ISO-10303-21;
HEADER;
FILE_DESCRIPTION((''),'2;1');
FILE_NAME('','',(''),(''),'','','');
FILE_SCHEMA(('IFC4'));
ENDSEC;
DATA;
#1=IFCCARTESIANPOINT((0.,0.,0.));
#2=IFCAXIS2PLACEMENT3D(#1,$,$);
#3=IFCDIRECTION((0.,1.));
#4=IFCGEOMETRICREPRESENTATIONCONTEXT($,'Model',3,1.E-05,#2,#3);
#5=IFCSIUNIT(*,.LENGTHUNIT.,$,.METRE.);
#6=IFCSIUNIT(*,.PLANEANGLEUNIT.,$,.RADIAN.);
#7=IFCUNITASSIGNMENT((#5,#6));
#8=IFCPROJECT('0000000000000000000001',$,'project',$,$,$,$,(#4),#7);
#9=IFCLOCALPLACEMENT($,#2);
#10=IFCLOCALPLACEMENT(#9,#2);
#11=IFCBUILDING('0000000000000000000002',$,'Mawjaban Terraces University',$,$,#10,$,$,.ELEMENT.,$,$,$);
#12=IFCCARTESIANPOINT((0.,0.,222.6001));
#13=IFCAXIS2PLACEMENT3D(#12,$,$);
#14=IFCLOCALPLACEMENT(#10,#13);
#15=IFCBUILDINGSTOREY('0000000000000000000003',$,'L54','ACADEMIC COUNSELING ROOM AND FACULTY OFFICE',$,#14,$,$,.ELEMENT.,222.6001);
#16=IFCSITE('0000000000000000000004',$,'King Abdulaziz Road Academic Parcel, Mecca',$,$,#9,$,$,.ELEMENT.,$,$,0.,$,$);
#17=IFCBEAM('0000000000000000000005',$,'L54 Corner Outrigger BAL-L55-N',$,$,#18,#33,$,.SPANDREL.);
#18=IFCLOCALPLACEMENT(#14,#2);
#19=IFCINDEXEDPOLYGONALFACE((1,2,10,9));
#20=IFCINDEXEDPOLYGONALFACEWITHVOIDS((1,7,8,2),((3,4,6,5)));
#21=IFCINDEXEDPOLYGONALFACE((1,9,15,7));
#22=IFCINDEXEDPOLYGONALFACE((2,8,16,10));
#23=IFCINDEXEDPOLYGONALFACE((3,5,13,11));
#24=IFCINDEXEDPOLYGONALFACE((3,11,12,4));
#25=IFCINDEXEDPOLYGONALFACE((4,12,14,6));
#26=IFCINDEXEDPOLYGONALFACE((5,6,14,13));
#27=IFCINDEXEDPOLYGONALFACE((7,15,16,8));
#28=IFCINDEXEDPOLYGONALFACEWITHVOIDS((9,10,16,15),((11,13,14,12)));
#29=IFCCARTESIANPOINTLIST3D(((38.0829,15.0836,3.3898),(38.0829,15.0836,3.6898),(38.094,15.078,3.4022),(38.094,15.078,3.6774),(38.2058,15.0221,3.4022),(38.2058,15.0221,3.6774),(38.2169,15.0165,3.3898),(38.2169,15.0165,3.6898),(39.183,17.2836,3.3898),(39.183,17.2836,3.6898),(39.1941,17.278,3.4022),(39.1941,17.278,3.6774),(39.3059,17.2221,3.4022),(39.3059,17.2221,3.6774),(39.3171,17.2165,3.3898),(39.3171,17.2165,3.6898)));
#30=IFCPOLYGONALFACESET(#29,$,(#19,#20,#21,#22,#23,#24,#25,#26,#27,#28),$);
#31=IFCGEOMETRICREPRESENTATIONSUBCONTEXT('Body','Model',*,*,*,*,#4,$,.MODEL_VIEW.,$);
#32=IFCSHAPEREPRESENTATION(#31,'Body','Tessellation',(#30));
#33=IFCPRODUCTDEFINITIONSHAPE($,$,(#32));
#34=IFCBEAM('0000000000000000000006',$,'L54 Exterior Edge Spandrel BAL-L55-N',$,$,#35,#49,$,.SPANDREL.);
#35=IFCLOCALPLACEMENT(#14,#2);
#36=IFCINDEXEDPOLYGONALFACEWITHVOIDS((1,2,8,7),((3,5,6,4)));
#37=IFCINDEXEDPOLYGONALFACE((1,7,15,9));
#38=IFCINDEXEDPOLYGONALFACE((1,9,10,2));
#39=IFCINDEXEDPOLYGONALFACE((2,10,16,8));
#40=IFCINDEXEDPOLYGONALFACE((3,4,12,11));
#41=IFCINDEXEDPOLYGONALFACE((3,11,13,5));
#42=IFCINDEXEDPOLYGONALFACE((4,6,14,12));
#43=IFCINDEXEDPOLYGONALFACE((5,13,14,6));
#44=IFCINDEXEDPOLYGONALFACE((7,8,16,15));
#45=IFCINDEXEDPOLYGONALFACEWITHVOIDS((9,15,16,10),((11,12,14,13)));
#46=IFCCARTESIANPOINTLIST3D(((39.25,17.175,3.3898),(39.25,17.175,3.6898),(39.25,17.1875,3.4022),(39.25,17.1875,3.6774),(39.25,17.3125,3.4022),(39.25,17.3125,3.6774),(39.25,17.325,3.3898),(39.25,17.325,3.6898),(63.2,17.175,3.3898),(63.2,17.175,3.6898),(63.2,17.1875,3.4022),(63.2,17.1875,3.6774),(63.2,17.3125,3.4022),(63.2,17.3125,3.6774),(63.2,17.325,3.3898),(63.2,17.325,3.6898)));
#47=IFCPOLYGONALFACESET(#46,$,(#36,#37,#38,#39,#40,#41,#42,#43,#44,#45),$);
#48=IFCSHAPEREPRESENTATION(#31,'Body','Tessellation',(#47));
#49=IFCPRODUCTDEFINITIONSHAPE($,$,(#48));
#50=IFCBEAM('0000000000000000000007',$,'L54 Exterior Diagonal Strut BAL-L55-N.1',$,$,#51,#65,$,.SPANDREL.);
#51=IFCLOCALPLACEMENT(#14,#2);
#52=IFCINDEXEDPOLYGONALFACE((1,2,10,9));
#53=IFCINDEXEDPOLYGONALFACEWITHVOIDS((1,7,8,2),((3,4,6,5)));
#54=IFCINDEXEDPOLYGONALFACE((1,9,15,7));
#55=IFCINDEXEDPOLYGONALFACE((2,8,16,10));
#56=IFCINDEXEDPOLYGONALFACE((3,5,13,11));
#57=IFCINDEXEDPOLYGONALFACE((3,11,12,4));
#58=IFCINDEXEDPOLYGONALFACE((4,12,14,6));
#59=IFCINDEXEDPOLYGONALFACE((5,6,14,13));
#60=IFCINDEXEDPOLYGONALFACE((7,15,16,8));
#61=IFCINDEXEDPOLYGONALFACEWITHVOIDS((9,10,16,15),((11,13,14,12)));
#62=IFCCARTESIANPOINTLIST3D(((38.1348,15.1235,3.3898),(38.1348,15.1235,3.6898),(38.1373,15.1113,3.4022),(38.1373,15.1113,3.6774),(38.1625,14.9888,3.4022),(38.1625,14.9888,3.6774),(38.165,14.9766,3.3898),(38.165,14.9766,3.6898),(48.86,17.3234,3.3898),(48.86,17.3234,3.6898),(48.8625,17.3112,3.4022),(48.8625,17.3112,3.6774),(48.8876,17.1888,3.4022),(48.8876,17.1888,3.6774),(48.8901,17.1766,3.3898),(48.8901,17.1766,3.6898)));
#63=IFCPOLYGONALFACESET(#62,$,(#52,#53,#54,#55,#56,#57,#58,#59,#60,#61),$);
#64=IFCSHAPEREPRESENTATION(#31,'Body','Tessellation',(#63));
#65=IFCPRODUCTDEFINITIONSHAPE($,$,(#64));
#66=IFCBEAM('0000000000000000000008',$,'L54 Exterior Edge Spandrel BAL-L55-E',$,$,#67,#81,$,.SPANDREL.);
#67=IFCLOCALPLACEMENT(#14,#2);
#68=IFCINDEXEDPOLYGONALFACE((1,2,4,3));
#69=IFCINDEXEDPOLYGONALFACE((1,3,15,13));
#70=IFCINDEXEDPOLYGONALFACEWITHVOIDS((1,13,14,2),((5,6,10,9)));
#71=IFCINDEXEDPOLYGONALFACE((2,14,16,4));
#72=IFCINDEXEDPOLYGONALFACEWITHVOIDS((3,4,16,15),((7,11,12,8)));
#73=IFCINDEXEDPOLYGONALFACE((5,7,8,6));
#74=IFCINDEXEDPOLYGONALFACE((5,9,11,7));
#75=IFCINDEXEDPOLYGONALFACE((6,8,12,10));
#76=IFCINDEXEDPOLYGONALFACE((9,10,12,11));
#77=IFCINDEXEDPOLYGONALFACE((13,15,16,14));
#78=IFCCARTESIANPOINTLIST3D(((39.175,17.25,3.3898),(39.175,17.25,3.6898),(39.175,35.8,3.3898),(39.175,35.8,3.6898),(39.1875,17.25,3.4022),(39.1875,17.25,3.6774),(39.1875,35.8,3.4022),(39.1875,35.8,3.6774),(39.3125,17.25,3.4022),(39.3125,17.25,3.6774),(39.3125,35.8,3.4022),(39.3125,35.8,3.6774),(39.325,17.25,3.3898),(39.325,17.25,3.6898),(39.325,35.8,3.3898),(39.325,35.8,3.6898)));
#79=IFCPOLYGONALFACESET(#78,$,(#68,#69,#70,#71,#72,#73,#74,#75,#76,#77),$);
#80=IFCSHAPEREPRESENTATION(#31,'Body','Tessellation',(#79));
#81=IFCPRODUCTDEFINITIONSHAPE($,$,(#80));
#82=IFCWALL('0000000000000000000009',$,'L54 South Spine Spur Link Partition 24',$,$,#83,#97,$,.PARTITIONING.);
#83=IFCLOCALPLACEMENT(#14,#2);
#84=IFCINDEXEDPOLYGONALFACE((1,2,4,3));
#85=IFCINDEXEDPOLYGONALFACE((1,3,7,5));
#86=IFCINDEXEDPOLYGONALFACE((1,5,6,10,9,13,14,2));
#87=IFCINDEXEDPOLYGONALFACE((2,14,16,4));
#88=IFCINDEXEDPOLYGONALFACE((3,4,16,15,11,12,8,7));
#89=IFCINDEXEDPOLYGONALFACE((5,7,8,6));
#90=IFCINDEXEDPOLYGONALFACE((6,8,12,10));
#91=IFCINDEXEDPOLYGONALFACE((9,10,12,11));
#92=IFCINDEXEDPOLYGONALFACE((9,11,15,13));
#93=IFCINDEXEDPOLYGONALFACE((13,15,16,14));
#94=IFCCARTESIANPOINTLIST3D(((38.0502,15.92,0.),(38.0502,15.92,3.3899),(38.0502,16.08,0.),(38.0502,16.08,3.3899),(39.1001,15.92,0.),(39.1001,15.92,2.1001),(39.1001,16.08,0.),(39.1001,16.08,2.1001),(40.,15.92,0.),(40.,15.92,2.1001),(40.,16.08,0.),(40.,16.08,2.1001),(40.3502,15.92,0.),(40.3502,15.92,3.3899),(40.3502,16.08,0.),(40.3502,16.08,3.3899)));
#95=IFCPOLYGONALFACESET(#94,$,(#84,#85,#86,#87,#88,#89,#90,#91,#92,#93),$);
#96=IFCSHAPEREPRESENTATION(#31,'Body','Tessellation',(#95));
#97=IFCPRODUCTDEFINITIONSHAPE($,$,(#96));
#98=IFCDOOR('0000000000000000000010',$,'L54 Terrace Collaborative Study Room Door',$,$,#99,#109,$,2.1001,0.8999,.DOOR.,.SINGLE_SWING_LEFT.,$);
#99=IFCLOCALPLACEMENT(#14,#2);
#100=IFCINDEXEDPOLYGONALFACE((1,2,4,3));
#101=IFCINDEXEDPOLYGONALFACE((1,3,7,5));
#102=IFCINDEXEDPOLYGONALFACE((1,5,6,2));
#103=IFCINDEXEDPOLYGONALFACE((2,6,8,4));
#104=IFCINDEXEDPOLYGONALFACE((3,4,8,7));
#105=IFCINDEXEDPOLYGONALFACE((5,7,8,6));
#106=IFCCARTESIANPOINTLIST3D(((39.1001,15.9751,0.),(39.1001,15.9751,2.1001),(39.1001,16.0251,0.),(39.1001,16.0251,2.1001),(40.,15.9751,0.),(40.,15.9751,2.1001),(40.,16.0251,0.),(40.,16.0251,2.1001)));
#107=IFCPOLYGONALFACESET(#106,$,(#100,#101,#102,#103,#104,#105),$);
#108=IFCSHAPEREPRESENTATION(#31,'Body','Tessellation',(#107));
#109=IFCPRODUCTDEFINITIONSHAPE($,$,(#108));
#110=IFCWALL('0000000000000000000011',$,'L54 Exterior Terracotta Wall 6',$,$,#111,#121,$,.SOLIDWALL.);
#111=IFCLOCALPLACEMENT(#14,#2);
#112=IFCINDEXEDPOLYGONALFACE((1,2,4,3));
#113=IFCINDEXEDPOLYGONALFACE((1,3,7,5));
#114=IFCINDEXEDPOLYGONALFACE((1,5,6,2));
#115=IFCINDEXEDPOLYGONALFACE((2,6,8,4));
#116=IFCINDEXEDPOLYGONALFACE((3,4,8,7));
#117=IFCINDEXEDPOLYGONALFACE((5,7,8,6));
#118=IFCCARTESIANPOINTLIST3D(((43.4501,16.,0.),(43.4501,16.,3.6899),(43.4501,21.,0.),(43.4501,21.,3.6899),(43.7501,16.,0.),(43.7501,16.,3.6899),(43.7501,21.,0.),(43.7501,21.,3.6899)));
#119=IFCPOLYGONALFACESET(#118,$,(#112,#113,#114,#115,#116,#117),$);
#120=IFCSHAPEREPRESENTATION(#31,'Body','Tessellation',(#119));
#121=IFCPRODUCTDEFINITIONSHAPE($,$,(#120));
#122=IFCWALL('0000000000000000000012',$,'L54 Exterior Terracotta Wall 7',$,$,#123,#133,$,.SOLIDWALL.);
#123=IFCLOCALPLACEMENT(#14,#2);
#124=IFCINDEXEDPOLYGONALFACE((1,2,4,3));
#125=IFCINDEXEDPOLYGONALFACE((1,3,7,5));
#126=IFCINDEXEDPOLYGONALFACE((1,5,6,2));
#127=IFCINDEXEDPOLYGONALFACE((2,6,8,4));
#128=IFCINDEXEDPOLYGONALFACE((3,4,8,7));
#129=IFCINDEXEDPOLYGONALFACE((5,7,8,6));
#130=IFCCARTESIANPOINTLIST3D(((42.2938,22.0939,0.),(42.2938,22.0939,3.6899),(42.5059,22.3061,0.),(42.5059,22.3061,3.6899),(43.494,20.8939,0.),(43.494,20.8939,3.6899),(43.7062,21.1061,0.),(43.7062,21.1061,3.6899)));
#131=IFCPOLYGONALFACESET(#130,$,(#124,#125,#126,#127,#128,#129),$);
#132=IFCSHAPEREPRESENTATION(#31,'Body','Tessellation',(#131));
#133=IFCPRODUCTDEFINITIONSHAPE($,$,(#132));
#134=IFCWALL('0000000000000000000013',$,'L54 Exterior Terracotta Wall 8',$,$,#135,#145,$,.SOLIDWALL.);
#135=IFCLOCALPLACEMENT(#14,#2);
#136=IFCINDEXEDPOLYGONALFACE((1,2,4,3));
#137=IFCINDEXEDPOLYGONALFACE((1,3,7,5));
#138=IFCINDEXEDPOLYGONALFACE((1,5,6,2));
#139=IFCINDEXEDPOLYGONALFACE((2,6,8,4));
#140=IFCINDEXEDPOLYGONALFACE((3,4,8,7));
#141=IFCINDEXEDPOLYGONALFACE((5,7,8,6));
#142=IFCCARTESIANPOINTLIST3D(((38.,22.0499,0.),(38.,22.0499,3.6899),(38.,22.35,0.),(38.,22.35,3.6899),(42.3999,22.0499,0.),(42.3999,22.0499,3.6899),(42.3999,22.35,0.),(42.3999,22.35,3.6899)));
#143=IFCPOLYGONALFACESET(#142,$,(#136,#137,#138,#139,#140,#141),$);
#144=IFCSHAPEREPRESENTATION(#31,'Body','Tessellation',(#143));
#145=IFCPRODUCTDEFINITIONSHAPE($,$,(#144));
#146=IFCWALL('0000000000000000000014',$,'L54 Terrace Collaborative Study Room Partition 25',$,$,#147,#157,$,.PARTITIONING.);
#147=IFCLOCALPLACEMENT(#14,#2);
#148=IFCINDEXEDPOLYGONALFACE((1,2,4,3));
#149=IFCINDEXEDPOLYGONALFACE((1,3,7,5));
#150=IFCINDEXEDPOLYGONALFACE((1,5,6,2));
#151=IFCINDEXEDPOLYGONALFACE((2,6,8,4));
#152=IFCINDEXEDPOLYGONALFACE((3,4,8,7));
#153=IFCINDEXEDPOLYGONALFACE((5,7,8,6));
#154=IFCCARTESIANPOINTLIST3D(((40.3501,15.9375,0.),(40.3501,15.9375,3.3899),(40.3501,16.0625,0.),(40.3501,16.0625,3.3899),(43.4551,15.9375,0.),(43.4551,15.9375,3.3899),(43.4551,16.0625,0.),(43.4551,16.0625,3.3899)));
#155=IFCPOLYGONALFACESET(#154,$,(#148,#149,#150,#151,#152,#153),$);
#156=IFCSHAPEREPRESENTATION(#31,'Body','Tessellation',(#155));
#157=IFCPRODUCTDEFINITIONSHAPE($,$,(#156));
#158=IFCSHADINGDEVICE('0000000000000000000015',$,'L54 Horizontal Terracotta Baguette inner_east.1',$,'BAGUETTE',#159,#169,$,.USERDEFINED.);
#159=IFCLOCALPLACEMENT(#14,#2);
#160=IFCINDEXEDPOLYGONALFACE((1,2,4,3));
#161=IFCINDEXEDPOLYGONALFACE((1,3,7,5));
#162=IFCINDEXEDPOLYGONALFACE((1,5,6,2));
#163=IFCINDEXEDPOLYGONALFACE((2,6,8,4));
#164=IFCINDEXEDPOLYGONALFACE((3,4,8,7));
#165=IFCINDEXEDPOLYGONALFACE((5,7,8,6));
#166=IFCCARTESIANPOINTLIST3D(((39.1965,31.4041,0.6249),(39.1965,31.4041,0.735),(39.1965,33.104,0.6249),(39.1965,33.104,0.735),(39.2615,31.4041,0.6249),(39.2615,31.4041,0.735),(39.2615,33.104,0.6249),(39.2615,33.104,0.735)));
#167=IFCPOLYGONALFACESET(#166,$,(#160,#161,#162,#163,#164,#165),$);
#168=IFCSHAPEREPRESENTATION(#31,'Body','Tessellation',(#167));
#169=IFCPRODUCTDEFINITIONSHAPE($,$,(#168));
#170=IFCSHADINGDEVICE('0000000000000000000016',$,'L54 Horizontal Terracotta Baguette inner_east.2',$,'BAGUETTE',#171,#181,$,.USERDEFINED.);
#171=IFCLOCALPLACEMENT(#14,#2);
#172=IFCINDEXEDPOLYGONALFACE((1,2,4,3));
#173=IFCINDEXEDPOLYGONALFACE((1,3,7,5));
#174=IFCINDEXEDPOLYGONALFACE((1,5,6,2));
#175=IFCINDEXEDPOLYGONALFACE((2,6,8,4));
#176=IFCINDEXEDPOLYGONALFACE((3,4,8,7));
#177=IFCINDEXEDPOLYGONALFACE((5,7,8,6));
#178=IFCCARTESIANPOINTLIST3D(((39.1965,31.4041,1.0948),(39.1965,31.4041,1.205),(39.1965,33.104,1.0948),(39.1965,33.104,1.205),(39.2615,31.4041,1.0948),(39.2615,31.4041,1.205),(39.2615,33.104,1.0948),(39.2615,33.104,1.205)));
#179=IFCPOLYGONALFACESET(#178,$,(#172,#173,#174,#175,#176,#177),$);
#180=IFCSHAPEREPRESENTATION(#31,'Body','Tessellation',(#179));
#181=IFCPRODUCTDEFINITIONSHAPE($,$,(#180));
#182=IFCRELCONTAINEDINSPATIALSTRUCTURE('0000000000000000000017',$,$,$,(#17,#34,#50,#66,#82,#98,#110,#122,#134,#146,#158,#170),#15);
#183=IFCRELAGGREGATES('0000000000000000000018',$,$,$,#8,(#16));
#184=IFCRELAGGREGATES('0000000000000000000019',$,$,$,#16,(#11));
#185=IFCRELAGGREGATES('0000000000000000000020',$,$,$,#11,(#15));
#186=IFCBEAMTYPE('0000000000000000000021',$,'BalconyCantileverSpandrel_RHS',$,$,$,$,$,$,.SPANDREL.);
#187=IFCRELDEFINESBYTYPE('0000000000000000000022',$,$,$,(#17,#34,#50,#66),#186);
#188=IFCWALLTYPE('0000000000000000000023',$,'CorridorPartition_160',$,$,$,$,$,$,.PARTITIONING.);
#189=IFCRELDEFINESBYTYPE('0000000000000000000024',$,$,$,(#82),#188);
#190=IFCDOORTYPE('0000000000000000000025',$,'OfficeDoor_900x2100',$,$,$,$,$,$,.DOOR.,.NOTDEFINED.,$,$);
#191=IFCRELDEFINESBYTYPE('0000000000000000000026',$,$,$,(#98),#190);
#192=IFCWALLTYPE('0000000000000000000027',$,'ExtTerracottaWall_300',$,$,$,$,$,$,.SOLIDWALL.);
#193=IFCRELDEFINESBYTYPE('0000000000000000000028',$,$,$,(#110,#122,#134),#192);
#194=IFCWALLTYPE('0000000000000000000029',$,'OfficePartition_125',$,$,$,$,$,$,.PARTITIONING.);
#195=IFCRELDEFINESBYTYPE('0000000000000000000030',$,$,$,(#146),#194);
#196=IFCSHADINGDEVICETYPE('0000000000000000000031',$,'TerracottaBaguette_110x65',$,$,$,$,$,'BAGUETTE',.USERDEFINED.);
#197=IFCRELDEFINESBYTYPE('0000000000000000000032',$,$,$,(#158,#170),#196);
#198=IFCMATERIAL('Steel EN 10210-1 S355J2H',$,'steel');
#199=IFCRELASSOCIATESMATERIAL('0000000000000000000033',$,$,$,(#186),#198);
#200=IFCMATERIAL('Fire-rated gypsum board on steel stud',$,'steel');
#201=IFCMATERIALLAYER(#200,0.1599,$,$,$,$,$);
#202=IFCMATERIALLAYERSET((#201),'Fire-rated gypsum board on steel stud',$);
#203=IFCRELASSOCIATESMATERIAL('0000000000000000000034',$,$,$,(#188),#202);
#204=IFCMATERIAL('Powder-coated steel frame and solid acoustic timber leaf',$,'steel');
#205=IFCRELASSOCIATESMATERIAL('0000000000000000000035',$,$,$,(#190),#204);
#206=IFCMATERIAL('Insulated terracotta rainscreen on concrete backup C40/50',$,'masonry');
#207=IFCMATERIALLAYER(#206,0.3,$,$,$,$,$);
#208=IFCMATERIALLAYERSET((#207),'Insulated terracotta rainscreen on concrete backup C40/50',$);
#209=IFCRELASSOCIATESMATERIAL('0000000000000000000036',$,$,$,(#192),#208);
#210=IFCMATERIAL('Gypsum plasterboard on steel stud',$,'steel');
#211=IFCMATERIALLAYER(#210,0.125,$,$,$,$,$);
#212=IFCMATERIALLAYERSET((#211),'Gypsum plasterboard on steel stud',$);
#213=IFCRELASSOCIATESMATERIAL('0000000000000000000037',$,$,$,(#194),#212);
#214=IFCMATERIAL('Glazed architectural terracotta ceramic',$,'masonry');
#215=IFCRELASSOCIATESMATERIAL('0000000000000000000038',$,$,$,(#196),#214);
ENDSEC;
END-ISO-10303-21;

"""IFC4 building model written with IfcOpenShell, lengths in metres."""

from ifc_helpers import new_model, si_unit, direction, frame, frame_2d, origin, origin_2d, place, context, subcontext, project, spatial, rectangle, hollow_rectangle, extrude, material, layer, layer_set, material_profile, profile_set, type_object, element, fill, save


model = new_model("IFC4")

# Units and contexts
model_context = context("Model", 3, precision=1e-05, world=origin(), true_north=direction((0.0, 1.0)))
body_context = subcontext(model_context, "Body", "Model", "MODEL_VIEW")
ifc_project = project(units=[si_unit("LENGTHUNIT", "METRE"), si_unit("PLANEANGLEUNIT", "RADIAN")], contexts=[model_context])

# Site, building, storey
site_placement = place(None, origin())
site = spatial("IfcSite", under=ifc_project, at=site_placement, Name="King Abdulaziz Road Academic Parcel, Mecca", CompositionType="ELEMENT", RefElevation=0.0)
building_placement = place(site_placement, origin())
building = spatial("IfcBuilding", under=site, at=building_placement, Name="Mawjaban Terraces University", CompositionType="ELEMENT")
storey_placement = place(building_placement, frame((0.0, 0.0, 222.6001)))
storey = spatial("IfcBuildingStorey", under=building, at=storey_placement, Name="L54", Description="ACADEMIC COUNSELING ROOM AND FACULTY OFFICE", CompositionType="ELEMENT", Elevation=222.6001)

# Beams
ifc_material_1 = material(Name="Steel EN 10210-1 S355J2H", Category="steel")
ifc_material_profile_1 = material_profile(ifc_material_1, hollow_rectangle(XDim=0.1499, YDim=0.3, WallThickness=0.0125, at=origin_2d()), Name="RHS300X150X12.5")
ifc_profile_set_1 = profile_set([ifc_material_profile_1], Name="Steel EN 10210-1 S355J2H")
beam_type = type_object("IfcBeamType", Name="BalconyCantileverSpandrel_RHS", PredefinedType="SPANDREL", material=ifc_profile_set_1)
beam_1_placement = place(storey_placement, frame((38.1499, 15.05, 3.5398), z_axis=(0.447253, 0.894407, 0.0), x_axis=(-0.894407, 0.447253, 0.0)))
element("IfcBeam", 1, at=beam_1_placement, inside=storey, type_object=beam_type, Name="L54 Corner Outrigger BAL-L55-N", PredefinedType="SPANDREL", context=body_context, shape_type="SweptSolid", body=[
    extrude(hollow_rectangle(XDim=0.1499, YDim=0.3, WallThickness=0.0125, at=origin_2d()), origin(), (0.0, 0.0, 1.0), 2.4597),
])
beam_2_placement = place(storey_placement, frame((39.25, 17.25, 3.5398), z_axis=(1.0, 0.0, 0.0), x_axis=(0.0, 1.0, 0.0)))
element("IfcBeam", 2, at=beam_2_placement, inside=storey, type_object=beam_type, Name="L54 Exterior Edge Spandrel BAL-L55-N", PredefinedType="SPANDREL", context=body_context, shape_type="SweptSolid", body=[
    extrude(hollow_rectangle(XDim=0.1499, YDim=0.3, WallThickness=0.0125, at=origin_2d()), origin(), (0.0, 0.0, 1.0), 23.95),
])
beam_3_placement = place(storey_placement, frame((38.1499, 15.05, 3.5398), z_axis=(0.979604, 0.200938, 0.0), x_axis=(-0.200938, 0.979604, 0.0)))
element("IfcBeam", 3, at=beam_3_placement, inside=storey, type_object=beam_type, Name="L54 Exterior Diagonal Strut BAL-L55-N.1", PredefinedType="SPANDREL", context=body_context, shape_type="SweptSolid", body=[
    extrude(hollow_rectangle(XDim=0.1499, YDim=0.3, WallThickness=0.0125, at=origin_2d()), origin(), (0.0, 0.0, 1.0), 10.9485),
])
beam_4_placement = place(storey_placement, frame((39.25, 17.25, 3.5398), z_axis=(0.0, 1.0, 0.0), x_axis=(-1.0, 0.0, 0.0)))
element("IfcBeam", 4, at=beam_4_placement, inside=storey, type_object=beam_type, Name="L54 Exterior Edge Spandrel BAL-L55-E", PredefinedType="SPANDREL", context=body_context, shape_type="SweptSolid", body=[
    extrude(hollow_rectangle(XDim=0.1499, YDim=0.3, WallThickness=0.0125, at=origin_2d()), origin(), (0.0, 0.0, 1.0), 18.55),
])

# Wall, opening, door
ifc_material_2 = material(Name="Fire-rated gypsum board on steel stud", Category="steel")
ifc_layer_1 = layer(ifc_material_2, 0.1599)
ifc_layer_set_1 = layer_set([ifc_layer_1], Name="Fire-rated gypsum board on steel stud")
wall_type_1 = type_object("IfcWallType", Name="CorridorPartition_160", PredefinedType="PARTITIONING", material=ifc_layer_set_1)
wall_1_placement = place(storey_placement, frame((40.3501, 16.0, 0.0), z_axis=(0.0, 0.0, 1.0), x_axis=(-1.0, 0.0, 0.0)))
wall_1 = element("IfcWall", 5, at=wall_1_placement, inside=storey, type_object=wall_type_1, Name="L54 South Spine Spur Link Partition 24", PredefinedType="PARTITIONING", context=body_context, shape_type="SweptSolid", body=[
    extrude(rectangle(XDim=2.3, YDim=0.1599, at=frame_2d((1.1499, 0.0))), origin(), (0.0, 0.0, 1.0), 3.3899),
])
opening_placement = place(wall_1_placement, frame((0.3501, 0.0, 0.0)))
opening = element("IfcOpeningElement", 6, at=opening_placement, cuts=wall_1, PredefinedType="OPENING", context=body_context, shape_type="SweptSolid", body=[
    extrude(rectangle(XDim=0.8999, YDim=2.1001, at=frame_2d((0.45, 1.05))), frame((0.0, 0.0898, 0.0), z_axis=(0.0, -1.0, 0.0), x_axis=(1.0, 0.0, 0.0)), (0.0, 0.0, 1.0), 0.1799),
])
ifc_material_3 = material(Name="Powder-coated steel frame and solid acoustic timber leaf", Category="steel")
door_type = type_object("IfcDoorType", Name="OfficeDoor_900x2100", OperationType="NOTDEFINED", PredefinedType="DOOR", material=ifc_material_3)
door_placement = place(opening_placement, origin())
door = element("IfcDoor", 7, at=door_placement, inside=storey, type_object=door_type, Name="L54 Terrace Collaborative Study Room Door", OperationType="SINGLE_SWING_LEFT", OverallHeight=2.1001, OverallWidth=0.8999, PredefinedType="DOOR", context=body_context, shape_type="SweptSolid", body=[
    extrude(rectangle(XDim=0.8999, YDim=2.1001, at=frame_2d((0.45, 1.05))), frame((0.0, 0.0249, 0.0), z_axis=(0.0, -1.0, 0.0), x_axis=(1.0, 0.0, 0.0)), (0.0, 0.0, 1.0), 0.05),
])
fill(opening, door)

# Walls
ifc_material_4 = material(Name="Insulated terracotta rainscreen on concrete backup C40/50", Category="masonry")
ifc_layer_2 = layer(ifc_material_4, 0.3)
ifc_layer_set_2 = layer_set([ifc_layer_2], Name="Insulated terracotta rainscreen on concrete backup C40/50")
wall_type_2 = type_object("IfcWallType", Name="ExtTerracottaWall_300", PredefinedType="SOLIDWALL", material=ifc_layer_set_2)
wall_2_placement = place(storey_placement, frame((43.6001, 16.0, 0.0), z_axis=(0.0, 0.0, 1.0), x_axis=(0.0, 1.0, 0.0)))
element("IfcWall", 8, at=wall_2_placement, inside=storey, type_object=wall_type_2, Name="L54 Exterior Terracotta Wall 6", PredefinedType="SOLIDWALL", context=body_context, shape_type="SweptSolid", body=[
    extrude(rectangle(XDim=5.0, YDim=0.3, at=frame_2d((2.5, 0.0))), origin(), (0.0, 0.0, 1.0), 3.6899),
])
wall_3_placement = place(storey_placement, frame((43.6001, 21.0, 0.0), z_axis=(0.0, 0.0, 1.0), x_axis=(-0.707179, 0.707035, 0.0)))
element("IfcWall", 9, at=wall_3_placement, inside=storey, type_object=wall_type_2, Name="L54 Exterior Terracotta Wall 7", PredefinedType="SOLIDWALL", context=body_context, shape_type="SweptSolid", body=[
    extrude(rectangle(XDim=1.6973, YDim=0.3, at=frame_2d((0.8486, 0.0))), origin(), (0.0, 0.0, 1.0), 3.6899),
])
wall_4_placement = place(storey_placement, frame((42.3999, 22.2, 0.0), z_axis=(0.0, 0.0, 1.0), x_axis=(-1.0, 0.0, 0.0)))
element("IfcWall", 10, at=wall_4_placement, inside=storey, type_object=wall_type_2, Name="L54 Exterior Terracotta Wall 8", PredefinedType="SOLIDWALL", context=body_context, shape_type="SweptSolid", body=[
    extrude(rectangle(XDim=4.3999, YDim=0.3, at=frame_2d((2.2, 0.0))), origin(), (0.0, 0.0, 1.0), 3.6899),
])
ifc_material_5 = material(Name="Gypsum plasterboard on steel stud", Category="steel")
ifc_layer_3 = layer(ifc_material_5, 0.125)
ifc_layer_set_3 = layer_set([ifc_layer_3], Name="Gypsum plasterboard on steel stud")
wall_type_3 = type_object("IfcWallType", Name="OfficePartition_125", PredefinedType="PARTITIONING", material=ifc_layer_set_3)
wall_5_placement = place(storey_placement, frame((40.3501, 16.0, 0.0), z_axis=(0.0, 0.0, 1.0), x_axis=(1.0, 0.0, 0.0)))
element("IfcWall", 11, at=wall_5_placement, inside=storey, type_object=wall_type_3, Name="L54 Terrace Collaborative Study Room Partition 25", PredefinedType="PARTITIONING", context=body_context, shape_type="SweptSolid", body=[
    extrude(rectangle(XDim=3.105, YDim=0.125, at=frame_2d((1.5525, 0.0))), origin(), (0.0, 0.0, 1.0), 3.3899),
])

# Shading devices
ifc_material_6 = material(Name="Glazed architectural terracotta ceramic", Category="masonry")
ifc_material_profile_2 = material_profile(ifc_material_6, rectangle(XDim=0.0649, YDim=0.1101, at=origin_2d()), Name="TBAG110X65")
ifc_profile_set_2 = profile_set([ifc_material_profile_2], Name="Glazed architectural terracotta ceramic")
shading_device_type_1 = type_object("IfcShadingDeviceType", Name="TerracottaBaguette_110x65", ElementType="BAGUETTE", PredefinedType="USERDEFINED", material=ifc_profile_set_2)
for number, where, z_axis, x_axis, name in (
    (12, (39.229, 31.4041, 0.6799), (0.0, 1.0, 0.0), (-1.0, 0.0, 0.0), "L54 Horizontal Terracotta Baguette inner_east.1"),
    (13, (39.229, 31.4041, 1.1499), (0.0, 1.0, 0.0), (-1.0, 0.0, 0.0), "L54 Horizontal Terracotta Baguette inner_east.2"),
):
    element("IfcShadingDevice", number, at=place(storey_placement, frame(where, z_axis=z_axis, x_axis=x_axis)), inside=storey, type_object=shading_device_type_1, Name=name, ObjectType="BAGUETTE", PredefinedType="USERDEFINED", context=body_context, shape_type="SweptSolid", body=[
        extrude(rectangle(XDim=0.0649, YDim=0.1101, at=origin_2d()), origin(), (0.0, 0.0, 1.0), 1.7),
    ])

save(model, "model.ifc")
